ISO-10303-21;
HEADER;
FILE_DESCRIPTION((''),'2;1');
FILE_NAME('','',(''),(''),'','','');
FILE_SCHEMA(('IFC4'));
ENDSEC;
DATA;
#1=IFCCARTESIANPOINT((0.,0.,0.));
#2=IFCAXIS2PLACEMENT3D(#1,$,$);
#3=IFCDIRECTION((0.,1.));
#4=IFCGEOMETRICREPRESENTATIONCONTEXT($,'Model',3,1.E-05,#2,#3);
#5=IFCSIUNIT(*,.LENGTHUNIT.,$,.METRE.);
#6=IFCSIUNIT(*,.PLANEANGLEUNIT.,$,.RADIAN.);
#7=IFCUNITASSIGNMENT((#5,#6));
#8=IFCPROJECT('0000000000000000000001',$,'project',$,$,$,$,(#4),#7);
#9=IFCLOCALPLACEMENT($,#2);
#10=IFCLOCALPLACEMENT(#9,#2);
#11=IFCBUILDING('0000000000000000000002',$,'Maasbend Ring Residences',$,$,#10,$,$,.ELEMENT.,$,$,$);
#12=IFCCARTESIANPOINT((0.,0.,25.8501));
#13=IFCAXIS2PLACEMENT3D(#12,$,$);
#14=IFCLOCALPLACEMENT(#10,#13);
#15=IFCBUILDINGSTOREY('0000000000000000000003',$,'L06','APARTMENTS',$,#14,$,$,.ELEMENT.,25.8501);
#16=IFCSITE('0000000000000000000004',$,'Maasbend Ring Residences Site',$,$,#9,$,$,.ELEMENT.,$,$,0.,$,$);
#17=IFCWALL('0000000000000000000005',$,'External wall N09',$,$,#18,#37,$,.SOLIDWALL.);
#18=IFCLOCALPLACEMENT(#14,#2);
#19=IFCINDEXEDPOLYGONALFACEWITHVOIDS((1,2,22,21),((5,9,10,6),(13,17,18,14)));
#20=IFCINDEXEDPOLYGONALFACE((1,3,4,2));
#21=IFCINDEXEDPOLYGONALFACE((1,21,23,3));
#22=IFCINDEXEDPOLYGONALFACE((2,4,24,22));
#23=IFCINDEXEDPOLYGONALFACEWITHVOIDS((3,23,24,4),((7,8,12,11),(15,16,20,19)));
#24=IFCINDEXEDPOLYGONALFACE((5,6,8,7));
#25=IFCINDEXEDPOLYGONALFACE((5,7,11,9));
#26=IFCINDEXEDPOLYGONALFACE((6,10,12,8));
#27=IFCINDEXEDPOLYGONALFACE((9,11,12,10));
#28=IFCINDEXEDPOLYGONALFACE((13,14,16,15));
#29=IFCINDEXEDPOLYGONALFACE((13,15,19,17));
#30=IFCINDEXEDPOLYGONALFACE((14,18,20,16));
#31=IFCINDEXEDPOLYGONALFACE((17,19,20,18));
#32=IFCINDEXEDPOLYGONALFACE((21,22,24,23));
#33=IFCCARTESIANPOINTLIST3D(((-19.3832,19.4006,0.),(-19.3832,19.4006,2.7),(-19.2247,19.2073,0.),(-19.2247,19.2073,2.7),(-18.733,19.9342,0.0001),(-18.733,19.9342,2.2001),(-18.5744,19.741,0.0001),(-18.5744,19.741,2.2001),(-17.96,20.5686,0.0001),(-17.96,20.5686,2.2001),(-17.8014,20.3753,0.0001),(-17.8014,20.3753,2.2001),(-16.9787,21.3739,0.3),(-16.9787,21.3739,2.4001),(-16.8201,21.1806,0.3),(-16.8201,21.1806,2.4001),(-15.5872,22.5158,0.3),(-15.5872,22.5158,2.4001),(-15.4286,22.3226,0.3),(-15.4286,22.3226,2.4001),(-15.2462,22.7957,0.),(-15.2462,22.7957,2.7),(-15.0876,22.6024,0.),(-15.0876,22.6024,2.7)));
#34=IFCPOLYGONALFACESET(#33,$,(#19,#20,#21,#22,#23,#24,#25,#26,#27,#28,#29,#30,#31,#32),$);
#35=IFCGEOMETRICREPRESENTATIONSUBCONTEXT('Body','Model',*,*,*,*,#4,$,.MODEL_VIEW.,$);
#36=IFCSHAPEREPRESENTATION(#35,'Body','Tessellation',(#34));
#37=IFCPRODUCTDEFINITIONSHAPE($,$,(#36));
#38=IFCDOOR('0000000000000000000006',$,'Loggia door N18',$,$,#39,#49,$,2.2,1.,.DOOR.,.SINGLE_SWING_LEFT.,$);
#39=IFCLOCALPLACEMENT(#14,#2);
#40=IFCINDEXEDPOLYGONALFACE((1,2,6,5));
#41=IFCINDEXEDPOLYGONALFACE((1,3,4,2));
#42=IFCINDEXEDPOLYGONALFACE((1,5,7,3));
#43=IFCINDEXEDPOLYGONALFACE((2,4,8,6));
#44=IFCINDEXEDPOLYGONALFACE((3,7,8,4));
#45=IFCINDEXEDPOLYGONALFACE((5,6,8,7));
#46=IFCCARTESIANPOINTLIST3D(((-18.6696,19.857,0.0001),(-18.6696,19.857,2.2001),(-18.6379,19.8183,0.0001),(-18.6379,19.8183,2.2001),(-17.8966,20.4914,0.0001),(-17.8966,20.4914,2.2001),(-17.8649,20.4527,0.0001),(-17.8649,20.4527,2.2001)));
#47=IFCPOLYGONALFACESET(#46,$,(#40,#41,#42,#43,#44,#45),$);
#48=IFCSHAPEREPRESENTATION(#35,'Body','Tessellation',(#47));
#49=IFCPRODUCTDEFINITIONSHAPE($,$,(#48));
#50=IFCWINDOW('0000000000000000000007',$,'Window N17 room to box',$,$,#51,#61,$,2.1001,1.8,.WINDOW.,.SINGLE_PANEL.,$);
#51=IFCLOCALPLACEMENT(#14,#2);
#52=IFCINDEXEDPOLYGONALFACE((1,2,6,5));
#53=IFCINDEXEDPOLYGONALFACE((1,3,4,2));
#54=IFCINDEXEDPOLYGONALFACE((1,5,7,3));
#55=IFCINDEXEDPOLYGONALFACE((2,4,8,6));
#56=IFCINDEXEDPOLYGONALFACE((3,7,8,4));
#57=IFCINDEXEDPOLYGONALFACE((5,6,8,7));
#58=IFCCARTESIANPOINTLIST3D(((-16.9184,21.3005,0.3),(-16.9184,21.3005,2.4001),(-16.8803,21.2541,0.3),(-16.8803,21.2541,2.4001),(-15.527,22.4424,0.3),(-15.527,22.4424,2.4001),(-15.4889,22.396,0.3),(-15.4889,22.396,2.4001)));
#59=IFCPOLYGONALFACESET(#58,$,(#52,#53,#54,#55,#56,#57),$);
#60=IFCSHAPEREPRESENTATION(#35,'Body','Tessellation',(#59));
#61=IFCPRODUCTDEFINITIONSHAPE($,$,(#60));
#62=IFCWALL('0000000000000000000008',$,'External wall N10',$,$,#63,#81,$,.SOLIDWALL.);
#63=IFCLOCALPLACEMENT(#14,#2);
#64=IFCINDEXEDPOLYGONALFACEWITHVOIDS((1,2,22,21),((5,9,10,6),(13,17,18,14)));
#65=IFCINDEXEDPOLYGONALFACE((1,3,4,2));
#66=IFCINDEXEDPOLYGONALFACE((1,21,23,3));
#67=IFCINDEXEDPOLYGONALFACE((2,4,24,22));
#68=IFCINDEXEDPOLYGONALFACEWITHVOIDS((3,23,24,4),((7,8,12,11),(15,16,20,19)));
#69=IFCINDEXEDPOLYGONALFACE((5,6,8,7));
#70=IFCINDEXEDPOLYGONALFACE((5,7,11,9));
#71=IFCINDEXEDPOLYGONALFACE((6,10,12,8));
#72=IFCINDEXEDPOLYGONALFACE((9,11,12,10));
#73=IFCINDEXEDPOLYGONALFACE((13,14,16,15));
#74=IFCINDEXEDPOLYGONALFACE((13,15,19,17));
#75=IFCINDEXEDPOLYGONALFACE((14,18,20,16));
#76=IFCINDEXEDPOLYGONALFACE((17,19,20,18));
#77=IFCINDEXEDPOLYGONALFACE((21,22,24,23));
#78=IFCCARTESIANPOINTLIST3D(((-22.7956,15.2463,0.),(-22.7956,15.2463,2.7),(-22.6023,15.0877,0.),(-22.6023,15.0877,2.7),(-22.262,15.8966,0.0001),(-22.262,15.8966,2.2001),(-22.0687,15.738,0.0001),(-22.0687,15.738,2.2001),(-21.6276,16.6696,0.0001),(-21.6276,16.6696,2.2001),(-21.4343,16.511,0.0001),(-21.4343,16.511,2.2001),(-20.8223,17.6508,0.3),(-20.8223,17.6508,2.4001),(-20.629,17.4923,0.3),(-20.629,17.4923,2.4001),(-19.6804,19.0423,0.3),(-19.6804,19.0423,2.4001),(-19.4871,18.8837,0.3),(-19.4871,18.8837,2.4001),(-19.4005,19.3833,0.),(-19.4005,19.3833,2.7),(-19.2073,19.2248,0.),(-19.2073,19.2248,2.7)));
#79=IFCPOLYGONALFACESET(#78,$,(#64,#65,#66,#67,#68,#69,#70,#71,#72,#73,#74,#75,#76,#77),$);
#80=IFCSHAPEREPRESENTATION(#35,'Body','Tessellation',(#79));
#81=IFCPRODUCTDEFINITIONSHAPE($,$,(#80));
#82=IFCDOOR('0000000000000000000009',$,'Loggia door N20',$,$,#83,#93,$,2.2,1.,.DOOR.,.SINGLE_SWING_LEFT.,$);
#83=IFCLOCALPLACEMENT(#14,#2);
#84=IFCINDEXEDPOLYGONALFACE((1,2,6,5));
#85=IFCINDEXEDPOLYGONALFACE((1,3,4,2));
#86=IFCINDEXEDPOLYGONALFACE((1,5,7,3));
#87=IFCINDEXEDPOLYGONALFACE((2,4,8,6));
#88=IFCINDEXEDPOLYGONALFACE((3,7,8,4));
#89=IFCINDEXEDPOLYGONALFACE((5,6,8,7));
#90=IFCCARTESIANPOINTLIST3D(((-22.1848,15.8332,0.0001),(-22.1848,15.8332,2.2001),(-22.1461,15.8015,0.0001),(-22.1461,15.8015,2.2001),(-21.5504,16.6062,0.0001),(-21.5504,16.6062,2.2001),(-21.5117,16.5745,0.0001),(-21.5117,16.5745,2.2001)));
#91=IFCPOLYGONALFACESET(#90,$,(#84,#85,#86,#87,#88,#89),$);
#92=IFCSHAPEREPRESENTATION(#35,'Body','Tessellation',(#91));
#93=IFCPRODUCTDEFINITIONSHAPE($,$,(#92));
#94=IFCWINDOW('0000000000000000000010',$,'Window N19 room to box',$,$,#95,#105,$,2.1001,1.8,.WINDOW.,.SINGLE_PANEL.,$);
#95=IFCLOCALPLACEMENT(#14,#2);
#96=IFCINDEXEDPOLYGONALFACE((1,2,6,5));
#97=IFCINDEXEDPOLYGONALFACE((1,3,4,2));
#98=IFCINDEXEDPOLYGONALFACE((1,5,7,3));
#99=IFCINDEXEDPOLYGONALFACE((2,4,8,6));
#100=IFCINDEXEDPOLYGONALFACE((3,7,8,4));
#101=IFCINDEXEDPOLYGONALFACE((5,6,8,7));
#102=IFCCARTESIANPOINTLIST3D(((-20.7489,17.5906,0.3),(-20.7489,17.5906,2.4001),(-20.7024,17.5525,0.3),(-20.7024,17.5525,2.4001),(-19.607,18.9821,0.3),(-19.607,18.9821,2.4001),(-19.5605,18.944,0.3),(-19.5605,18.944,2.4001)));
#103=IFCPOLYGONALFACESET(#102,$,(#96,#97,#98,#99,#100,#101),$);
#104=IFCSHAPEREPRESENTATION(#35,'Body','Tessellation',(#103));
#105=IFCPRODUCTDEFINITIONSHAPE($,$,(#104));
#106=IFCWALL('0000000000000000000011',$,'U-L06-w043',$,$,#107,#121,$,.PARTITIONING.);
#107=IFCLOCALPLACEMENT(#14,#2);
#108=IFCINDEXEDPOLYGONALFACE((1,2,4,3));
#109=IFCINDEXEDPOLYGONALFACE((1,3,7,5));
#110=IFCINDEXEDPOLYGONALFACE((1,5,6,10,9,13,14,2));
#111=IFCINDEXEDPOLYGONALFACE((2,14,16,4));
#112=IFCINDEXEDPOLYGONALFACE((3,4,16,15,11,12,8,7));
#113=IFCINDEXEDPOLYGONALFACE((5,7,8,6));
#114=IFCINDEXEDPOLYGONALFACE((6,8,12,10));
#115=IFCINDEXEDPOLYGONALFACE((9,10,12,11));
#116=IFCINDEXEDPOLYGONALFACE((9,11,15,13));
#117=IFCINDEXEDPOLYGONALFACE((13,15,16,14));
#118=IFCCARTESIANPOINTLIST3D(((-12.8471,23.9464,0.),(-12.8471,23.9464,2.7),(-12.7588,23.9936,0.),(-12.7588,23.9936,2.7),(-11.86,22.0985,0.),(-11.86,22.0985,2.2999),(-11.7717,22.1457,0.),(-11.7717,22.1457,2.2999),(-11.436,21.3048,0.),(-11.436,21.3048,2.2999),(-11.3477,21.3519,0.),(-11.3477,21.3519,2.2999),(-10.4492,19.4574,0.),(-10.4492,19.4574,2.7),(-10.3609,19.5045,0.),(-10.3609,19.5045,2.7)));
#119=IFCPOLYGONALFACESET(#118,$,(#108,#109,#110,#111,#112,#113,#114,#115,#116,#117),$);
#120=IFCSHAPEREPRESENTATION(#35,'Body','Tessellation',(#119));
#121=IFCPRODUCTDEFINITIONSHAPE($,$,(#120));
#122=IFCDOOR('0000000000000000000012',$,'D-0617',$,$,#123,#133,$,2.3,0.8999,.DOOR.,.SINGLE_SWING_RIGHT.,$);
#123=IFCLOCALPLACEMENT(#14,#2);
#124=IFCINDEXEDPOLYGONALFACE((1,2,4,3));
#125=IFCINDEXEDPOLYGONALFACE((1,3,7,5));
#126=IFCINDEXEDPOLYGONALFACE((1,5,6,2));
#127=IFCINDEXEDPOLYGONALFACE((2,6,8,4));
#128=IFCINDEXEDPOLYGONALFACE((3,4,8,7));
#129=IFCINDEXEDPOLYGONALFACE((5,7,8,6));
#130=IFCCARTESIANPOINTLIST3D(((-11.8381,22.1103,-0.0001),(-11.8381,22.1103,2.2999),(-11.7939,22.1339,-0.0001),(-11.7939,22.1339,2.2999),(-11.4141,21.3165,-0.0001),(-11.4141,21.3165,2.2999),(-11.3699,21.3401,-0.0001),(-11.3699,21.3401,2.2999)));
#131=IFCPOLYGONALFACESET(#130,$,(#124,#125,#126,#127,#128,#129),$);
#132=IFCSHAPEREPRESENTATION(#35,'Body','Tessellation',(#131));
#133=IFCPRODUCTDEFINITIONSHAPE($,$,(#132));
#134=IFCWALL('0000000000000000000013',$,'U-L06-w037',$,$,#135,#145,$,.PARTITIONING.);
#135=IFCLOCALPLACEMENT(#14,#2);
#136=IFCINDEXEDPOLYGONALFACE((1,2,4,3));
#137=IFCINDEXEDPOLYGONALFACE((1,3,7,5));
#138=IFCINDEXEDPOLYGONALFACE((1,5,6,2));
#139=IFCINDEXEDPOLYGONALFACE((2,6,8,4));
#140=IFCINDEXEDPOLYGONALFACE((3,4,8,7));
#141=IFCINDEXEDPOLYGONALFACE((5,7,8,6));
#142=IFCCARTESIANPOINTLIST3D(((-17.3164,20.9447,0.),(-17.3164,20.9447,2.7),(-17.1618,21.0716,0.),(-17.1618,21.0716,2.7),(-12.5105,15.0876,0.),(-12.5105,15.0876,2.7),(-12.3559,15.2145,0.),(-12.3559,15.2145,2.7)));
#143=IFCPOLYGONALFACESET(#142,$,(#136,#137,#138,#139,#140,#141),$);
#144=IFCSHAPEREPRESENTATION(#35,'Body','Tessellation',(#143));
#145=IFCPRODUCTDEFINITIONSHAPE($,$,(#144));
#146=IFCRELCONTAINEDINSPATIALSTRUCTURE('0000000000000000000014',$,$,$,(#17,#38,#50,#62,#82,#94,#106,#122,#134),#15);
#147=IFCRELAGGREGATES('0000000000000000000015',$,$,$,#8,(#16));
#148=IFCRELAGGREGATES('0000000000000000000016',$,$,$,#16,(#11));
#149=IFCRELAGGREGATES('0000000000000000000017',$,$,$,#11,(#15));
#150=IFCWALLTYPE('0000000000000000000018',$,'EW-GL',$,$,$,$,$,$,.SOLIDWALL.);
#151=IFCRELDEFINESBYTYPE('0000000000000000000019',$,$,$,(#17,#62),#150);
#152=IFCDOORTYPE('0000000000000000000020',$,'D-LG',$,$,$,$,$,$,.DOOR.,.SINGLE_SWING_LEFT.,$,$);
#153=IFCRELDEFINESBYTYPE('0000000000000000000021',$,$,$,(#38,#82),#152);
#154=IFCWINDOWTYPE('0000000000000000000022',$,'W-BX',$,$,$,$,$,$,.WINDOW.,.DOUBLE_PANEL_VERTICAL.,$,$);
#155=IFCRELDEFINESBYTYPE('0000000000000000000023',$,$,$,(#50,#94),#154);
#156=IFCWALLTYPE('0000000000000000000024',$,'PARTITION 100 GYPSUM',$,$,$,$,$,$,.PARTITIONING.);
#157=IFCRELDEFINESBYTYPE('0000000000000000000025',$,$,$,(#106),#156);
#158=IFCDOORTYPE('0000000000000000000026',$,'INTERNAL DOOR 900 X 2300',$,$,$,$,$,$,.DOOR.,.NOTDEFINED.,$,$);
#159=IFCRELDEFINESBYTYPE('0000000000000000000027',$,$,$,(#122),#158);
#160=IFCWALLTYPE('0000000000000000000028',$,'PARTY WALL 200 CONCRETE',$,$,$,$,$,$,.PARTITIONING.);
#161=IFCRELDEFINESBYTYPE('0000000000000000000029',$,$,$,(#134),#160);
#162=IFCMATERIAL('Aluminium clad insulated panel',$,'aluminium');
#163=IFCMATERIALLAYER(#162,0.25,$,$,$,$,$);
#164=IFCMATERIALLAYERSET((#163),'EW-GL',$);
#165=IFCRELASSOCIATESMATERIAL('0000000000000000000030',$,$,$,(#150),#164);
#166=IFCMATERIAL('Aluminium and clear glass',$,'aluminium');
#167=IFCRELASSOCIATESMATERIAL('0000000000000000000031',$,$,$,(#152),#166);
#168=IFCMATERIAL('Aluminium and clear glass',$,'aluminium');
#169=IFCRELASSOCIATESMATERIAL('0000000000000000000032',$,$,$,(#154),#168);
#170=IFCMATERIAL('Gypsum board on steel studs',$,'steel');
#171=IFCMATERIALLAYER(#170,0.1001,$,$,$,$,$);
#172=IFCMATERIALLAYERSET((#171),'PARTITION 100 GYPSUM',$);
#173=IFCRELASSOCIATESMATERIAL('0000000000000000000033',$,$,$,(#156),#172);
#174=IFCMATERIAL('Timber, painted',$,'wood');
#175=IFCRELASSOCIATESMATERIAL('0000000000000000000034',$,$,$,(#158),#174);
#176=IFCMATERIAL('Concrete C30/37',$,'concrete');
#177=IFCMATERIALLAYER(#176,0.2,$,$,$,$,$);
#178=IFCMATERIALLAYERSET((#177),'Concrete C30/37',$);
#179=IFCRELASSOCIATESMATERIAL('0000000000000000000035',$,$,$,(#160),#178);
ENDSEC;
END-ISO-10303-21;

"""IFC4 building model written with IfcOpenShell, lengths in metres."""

from ifc_helpers import new_model, si_unit, direction, frame, frame_2d, origin, place, context, subcontext, project, spatial, rectangle, extrude, material, layer, layer_set, type_object, element, fill, save


model = new_model("IFC4")

# Units and contexts
model_context = context("Model", 3, precision=1e-05, world=origin(), true_north=direction((0.0, 1.0)))
body_context = subcontext(model_context, "Body", "Model", "MODEL_VIEW")
ifc_project = project(units=[si_unit("LENGTHUNIT", "METRE"), si_unit("PLANEANGLEUNIT", "RADIAN")], contexts=[model_context])

# Site, building, storey
site_placement = place(None, origin())
site = spatial("IfcSite", under=ifc_project, at=site_placement, Name="Maasbend Ring Residences Site", CompositionType="ELEMENT", RefElevation=0.0)
building_placement = place(site_placement, origin())
building = spatial("IfcBuilding", under=site, at=building_placement, Name="Maasbend Ring Residences", CompositionType="ELEMENT")
storey_placement = place(building_placement, frame((0.0, 0.0, 25.8501)))
storey = spatial("IfcBuildingStorey", under=building, at=storey_placement, Name="L06", Description="APARTMENTS", CompositionType="ELEMENT", Elevation=25.8501)

# Walls, openings, doors, windows
ifc_material_1 = material(Name="Aluminium clad insulated panel", Category="aluminium")
ifc_layer_1 = layer(ifc_material_1, 0.25)
ifc_layer_set_1 = layer_set([ifc_layer_1], Name="EW-GL")
wall_type_1 = type_object("IfcWallType", Name="EW-GL", PredefinedType="SOLIDWALL", material=ifc_layer_set_1)
wall_1_placement = place(storey_placement, frame((-15.167, 22.699, 0.0), z_axis=(0.0, 0.0, 1.0), x_axis=(-0.773019, -0.634382, 0.0)))
wall_1 = element("IfcWall", 1, at=wall_1_placement, inside=storey, type_object=wall_type_1, Name="External wall N09", PredefinedType="SOLIDWALL", context=body_context, shape_type="SweptSolid", body=[
    extrude(rectangle(XDim=5.3518, YDim=0.25, at=frame_2d((2.6758, 0.0))), origin(), (0.0, 0.0, 1.0), 2.7),
])
opening_1_placement = place(wall_1_placement, frame((0.4412, 0.0, 0.3)))
opening_1 = element("IfcOpeningElement", 2, at=opening_1_placement, cuts=wall_1, PredefinedType="OPENING", context=body_context, shape_type="SweptSolid", body=[
    extrude(rectangle(XDim=1.8, YDim=2.1001, at=frame_2d((0.8999, 1.05))), frame((0.0, 0.135, 0.0), z_axis=(0.0, -1.0, 0.0), x_axis=(1.0, 0.0, 0.0)), (0.0, 0.0, 1.0), 0.27),
])
opening_2_placement = place(wall_1_placement, frame((3.5105, 0.0, 0.0)))
opening_2 = element("IfcOpeningElement", 3, at=opening_2_placement, cuts=wall_1, PredefinedType="OPENING", context=body_context, shape_type="SweptSolid", body=[
    extrude(rectangle(XDim=1.0, YDim=2.2, at=frame_2d((0.5, 1.1001))), frame((0.0, 0.135, 0.0), z_axis=(0.0, -1.0, 0.0), x_axis=(1.0, 0.0, 0.0)), (0.0, 0.0, 1.0), 0.27),
])
ifc_material_2 = material(Name="Aluminium and clear glass", Category="aluminium")
door_type_1 = type_object("IfcDoorType", Name="D-LG", OperationType="SINGLE_SWING_LEFT", PredefinedType="DOOR", material=ifc_material_2)
door_1_placement = place(opening_2_placement, origin())
door_1 = element("IfcDoor", 4, at=door_1_placement, inside=storey, type_object=door_type_1, Name="Loggia door N18", OperationType="SINGLE_SWING_LEFT", OverallHeight=2.2, OverallWidth=1.0, PredefinedType="DOOR", context=body_context, shape_type="SweptSolid", body=[
    extrude(rectangle(XDim=1.0, YDim=2.2, at=frame_2d((0.5, 1.1001))), frame((0.0, 0.0249, 0.0), z_axis=(0.0, -1.0, 0.0), x_axis=(1.0, 0.0, 0.0)), (0.0, 0.0, 1.0), 0.05),
])
fill(opening_2, door_1)
ifc_material_3 = material(Name="Aluminium and clear glass", Category="aluminium")
window_type_1 = type_object("IfcWindowType", Name="W-BX", PartitioningType="DOUBLE_PANEL_VERTICAL", PredefinedType="WINDOW", material=ifc_material_3)
window_1_placement = place(opening_1_placement, origin())
window_1 = element("IfcWindow", 5, at=window_1_placement, inside=storey, type_object=window_type_1, Name="Window N17 room to box", OverallHeight=2.1001, OverallWidth=1.8, PartitioningType="SINGLE_PANEL", PredefinedType="WINDOW", context=body_context, shape_type="SweptSolid", body=[
    extrude(rectangle(XDim=1.8, YDim=2.1001, at=frame_2d((0.8999, 1.05))), frame((0.0, 0.03, 0.0), z_axis=(0.0, -1.0, 0.0), x_axis=(1.0, 0.0, 0.0)), (0.0, 0.0, 1.0), 0.0601),
])
fill(opening_1, window_1)
wall_2_placement = place(storey_placement, frame((-19.304, 19.304, 0.0), z_axis=(0.0, 0.0, 1.0), x_axis=(-0.634382, -0.773019, 0.0)))
wall_2 = element("IfcWall", 6, at=wall_2_placement, inside=storey, type_object=wall_type_1, Name="External wall N10", PredefinedType="SOLIDWALL", context=body_context, shape_type="SweptSolid", body=[
    extrude(rectangle(XDim=5.3518, YDim=0.25, at=frame_2d((2.6758, 0.0))), origin(), (0.0, 0.0, 1.0), 2.7),
])
opening_3_placement = place(wall_2_placement, frame((0.4412, 0.0, 0.3)))
opening_3 = element("IfcOpeningElement", 7, at=opening_3_placement, cuts=wall_2, PredefinedType="OPENING", context=body_context, shape_type="SweptSolid", body=[
    extrude(rectangle(XDim=1.8, YDim=2.1001, at=frame_2d((0.8999, 1.05))), frame((0.0, 0.135, 0.0), z_axis=(0.0, -1.0, 0.0), x_axis=(1.0, 0.0, 0.0)), (0.0, 0.0, 1.0), 0.27),
])
opening_4_placement = place(wall_2_placement, frame((3.5105, 0.0, 0.0)))
opening_4 = element("IfcOpeningElement", 8, at=opening_4_placement, cuts=wall_2, PredefinedType="OPENING", context=body_context, shape_type="SweptSolid", body=[
    extrude(rectangle(XDim=1.0, YDim=2.2, at=frame_2d((0.5, 1.1001))), frame((0.0, 0.135, 0.0), z_axis=(0.0, -1.0, 0.0), x_axis=(1.0, 0.0, 0.0)), (0.0, 0.0, 1.0), 0.27),
])
door_2_placement = place(opening_4_placement, origin())
door_2 = element("IfcDoor", 9, at=door_2_placement, inside=storey, type_object=door_type_1, Name="Loggia door N20", OperationType="SINGLE_SWING_LEFT", OverallHeight=2.2, OverallWidth=1.0, PredefinedType="DOOR", context=body_context, shape_type="SweptSolid", body=[
    extrude(rectangle(XDim=1.0, YDim=2.2, at=frame_2d((0.5, 1.1001))), frame((0.0, 0.0249, 0.0), z_axis=(0.0, -1.0, 0.0), x_axis=(1.0, 0.0, 0.0)), (0.0, 0.0, 1.0), 0.05),
])
fill(opening_4, door_2)
window_2_placement = place(opening_3_placement, origin())
window_2 = element("IfcWindow", 10, at=window_2_placement, inside=storey, type_object=window_type_1, Name="Window N19 room to box", OverallHeight=2.1001, OverallWidth=1.8, PartitioningType="SINGLE_PANEL", PredefinedType="WINDOW", context=body_context, shape_type="SweptSolid", body=[
    extrude(rectangle(XDim=1.8, YDim=2.1001, at=frame_2d((0.8999, 1.05))), frame((0.0, 0.03, 0.0), z_axis=(0.0, -1.0, 0.0), x_axis=(1.0, 0.0, 0.0)), (0.0, 0.0, 1.0), 0.0601),
])
fill(opening_3, window_2)

# Wall, opening, door
ifc_material_4 = material(Name="Gypsum board on steel studs", Category="steel")
ifc_layer_2 = layer(ifc_material_4, 0.1001)
ifc_layer_set_2 = layer_set([ifc_layer_2], Name="PARTITION 100 GYPSUM")
wall_type_2 = type_object("IfcWallType", Name="PARTITION 100 GYPSUM", PredefinedType="PARTITIONING", material=ifc_layer_set_2)
wall_3_placement = place(storey_placement, frame((-12.803, 23.97, 0.0), z_axis=(0.0, 0.0, 1.0), x_axis=(0.471171, -0.882042, 0.0)))
wall_3 = element("IfcWall", 11, at=wall_3_placement, inside=storey, type_object=wall_type_2, Name="U-L06-w043", PredefinedType="PARTITIONING", context=body_context, shape_type="SweptSolid", body=[
    extrude(rectangle(XDim=5.0894, YDim=0.1001, at=frame_2d((2.5447, 0.0))), origin(), (0.0, 0.0, 1.0), 2.7),
])
opening_5_placement = place(wall_3_placement, frame((2.095, 0.0, 0.0)))
opening_5 = element("IfcOpeningElement", 12, at=opening_5_placement, cuts=wall_3, PredefinedType="OPENING", context=body_context, shape_type="SweptSolid", body=[
    extrude(rectangle(XDim=0.8999, YDim=2.3, at=frame_2d((0.45, 1.1499))), frame((0.0, 0.0601, 0.0), z_axis=(0.0, -1.0, 0.0), x_axis=(1.0, 0.0, 0.0)), (0.0, 0.0, 1.0), 0.1201),
])
ifc_material_5 = material(Name="Timber, painted", Category="wood")
door_type_2 = type_object("IfcDoorType", Name="INTERNAL DOOR 900 X 2300", OperationType="NOTDEFINED", PredefinedType="DOOR", material=ifc_material_5)
door_3_placement = place(opening_5_placement, origin())
door_3 = element("IfcDoor", 13, at=door_3_placement, inside=storey, type_object=door_type_2, Name="D-0617", OperationType="SINGLE_SWING_RIGHT", OverallHeight=2.3, OverallWidth=0.8999, PredefinedType="DOOR", context=body_context, shape_type="SweptSolid", body=[
    extrude(rectangle(XDim=0.8999, YDim=2.3, at=frame_2d((0.45, 1.1499))), frame((0.0, 0.0249, 0.0), z_axis=(0.0, -1.0, 0.0), x_axis=(1.0, 0.0, 0.0)), (0.0, 0.0, 1.0), 0.05),
])
fill(opening_5, door_3)

# Wall
ifc_material_6 = material(Name="Concrete C30/37", Category="concrete")
ifc_layer_3 = layer(ifc_material_6, 0.2)
ifc_layer_set_3 = layer_set([ifc_layer_3], Name="Concrete C30/37")
wall_type_3 = type_object("IfcWallType", Name="PARTY WALL 200 CONCRETE", PredefinedType="PARTITIONING", material=ifc_layer_set_3)
wall_4_placement = place(storey_placement, frame((-17.239, 21.0081, 0.0), z_axis=(0.0, 0.0, 1.0), x_axis=(0.634318, -0.773072, 0.0)))
element("IfcWall", 14, at=wall_4_placement, inside=storey, type_object=wall_type_3, Name="U-L06-w037", PredefinedType="PARTITIONING", context=body_context, shape_type="SweptSolid", body=[
    extrude(rectangle(XDim=7.5764, YDim=0.2, at=frame_2d((3.7881, 0.0))), origin(), (0.0, 0.0, 1.0), 2.7),
])

save(model, "model.ifc")
